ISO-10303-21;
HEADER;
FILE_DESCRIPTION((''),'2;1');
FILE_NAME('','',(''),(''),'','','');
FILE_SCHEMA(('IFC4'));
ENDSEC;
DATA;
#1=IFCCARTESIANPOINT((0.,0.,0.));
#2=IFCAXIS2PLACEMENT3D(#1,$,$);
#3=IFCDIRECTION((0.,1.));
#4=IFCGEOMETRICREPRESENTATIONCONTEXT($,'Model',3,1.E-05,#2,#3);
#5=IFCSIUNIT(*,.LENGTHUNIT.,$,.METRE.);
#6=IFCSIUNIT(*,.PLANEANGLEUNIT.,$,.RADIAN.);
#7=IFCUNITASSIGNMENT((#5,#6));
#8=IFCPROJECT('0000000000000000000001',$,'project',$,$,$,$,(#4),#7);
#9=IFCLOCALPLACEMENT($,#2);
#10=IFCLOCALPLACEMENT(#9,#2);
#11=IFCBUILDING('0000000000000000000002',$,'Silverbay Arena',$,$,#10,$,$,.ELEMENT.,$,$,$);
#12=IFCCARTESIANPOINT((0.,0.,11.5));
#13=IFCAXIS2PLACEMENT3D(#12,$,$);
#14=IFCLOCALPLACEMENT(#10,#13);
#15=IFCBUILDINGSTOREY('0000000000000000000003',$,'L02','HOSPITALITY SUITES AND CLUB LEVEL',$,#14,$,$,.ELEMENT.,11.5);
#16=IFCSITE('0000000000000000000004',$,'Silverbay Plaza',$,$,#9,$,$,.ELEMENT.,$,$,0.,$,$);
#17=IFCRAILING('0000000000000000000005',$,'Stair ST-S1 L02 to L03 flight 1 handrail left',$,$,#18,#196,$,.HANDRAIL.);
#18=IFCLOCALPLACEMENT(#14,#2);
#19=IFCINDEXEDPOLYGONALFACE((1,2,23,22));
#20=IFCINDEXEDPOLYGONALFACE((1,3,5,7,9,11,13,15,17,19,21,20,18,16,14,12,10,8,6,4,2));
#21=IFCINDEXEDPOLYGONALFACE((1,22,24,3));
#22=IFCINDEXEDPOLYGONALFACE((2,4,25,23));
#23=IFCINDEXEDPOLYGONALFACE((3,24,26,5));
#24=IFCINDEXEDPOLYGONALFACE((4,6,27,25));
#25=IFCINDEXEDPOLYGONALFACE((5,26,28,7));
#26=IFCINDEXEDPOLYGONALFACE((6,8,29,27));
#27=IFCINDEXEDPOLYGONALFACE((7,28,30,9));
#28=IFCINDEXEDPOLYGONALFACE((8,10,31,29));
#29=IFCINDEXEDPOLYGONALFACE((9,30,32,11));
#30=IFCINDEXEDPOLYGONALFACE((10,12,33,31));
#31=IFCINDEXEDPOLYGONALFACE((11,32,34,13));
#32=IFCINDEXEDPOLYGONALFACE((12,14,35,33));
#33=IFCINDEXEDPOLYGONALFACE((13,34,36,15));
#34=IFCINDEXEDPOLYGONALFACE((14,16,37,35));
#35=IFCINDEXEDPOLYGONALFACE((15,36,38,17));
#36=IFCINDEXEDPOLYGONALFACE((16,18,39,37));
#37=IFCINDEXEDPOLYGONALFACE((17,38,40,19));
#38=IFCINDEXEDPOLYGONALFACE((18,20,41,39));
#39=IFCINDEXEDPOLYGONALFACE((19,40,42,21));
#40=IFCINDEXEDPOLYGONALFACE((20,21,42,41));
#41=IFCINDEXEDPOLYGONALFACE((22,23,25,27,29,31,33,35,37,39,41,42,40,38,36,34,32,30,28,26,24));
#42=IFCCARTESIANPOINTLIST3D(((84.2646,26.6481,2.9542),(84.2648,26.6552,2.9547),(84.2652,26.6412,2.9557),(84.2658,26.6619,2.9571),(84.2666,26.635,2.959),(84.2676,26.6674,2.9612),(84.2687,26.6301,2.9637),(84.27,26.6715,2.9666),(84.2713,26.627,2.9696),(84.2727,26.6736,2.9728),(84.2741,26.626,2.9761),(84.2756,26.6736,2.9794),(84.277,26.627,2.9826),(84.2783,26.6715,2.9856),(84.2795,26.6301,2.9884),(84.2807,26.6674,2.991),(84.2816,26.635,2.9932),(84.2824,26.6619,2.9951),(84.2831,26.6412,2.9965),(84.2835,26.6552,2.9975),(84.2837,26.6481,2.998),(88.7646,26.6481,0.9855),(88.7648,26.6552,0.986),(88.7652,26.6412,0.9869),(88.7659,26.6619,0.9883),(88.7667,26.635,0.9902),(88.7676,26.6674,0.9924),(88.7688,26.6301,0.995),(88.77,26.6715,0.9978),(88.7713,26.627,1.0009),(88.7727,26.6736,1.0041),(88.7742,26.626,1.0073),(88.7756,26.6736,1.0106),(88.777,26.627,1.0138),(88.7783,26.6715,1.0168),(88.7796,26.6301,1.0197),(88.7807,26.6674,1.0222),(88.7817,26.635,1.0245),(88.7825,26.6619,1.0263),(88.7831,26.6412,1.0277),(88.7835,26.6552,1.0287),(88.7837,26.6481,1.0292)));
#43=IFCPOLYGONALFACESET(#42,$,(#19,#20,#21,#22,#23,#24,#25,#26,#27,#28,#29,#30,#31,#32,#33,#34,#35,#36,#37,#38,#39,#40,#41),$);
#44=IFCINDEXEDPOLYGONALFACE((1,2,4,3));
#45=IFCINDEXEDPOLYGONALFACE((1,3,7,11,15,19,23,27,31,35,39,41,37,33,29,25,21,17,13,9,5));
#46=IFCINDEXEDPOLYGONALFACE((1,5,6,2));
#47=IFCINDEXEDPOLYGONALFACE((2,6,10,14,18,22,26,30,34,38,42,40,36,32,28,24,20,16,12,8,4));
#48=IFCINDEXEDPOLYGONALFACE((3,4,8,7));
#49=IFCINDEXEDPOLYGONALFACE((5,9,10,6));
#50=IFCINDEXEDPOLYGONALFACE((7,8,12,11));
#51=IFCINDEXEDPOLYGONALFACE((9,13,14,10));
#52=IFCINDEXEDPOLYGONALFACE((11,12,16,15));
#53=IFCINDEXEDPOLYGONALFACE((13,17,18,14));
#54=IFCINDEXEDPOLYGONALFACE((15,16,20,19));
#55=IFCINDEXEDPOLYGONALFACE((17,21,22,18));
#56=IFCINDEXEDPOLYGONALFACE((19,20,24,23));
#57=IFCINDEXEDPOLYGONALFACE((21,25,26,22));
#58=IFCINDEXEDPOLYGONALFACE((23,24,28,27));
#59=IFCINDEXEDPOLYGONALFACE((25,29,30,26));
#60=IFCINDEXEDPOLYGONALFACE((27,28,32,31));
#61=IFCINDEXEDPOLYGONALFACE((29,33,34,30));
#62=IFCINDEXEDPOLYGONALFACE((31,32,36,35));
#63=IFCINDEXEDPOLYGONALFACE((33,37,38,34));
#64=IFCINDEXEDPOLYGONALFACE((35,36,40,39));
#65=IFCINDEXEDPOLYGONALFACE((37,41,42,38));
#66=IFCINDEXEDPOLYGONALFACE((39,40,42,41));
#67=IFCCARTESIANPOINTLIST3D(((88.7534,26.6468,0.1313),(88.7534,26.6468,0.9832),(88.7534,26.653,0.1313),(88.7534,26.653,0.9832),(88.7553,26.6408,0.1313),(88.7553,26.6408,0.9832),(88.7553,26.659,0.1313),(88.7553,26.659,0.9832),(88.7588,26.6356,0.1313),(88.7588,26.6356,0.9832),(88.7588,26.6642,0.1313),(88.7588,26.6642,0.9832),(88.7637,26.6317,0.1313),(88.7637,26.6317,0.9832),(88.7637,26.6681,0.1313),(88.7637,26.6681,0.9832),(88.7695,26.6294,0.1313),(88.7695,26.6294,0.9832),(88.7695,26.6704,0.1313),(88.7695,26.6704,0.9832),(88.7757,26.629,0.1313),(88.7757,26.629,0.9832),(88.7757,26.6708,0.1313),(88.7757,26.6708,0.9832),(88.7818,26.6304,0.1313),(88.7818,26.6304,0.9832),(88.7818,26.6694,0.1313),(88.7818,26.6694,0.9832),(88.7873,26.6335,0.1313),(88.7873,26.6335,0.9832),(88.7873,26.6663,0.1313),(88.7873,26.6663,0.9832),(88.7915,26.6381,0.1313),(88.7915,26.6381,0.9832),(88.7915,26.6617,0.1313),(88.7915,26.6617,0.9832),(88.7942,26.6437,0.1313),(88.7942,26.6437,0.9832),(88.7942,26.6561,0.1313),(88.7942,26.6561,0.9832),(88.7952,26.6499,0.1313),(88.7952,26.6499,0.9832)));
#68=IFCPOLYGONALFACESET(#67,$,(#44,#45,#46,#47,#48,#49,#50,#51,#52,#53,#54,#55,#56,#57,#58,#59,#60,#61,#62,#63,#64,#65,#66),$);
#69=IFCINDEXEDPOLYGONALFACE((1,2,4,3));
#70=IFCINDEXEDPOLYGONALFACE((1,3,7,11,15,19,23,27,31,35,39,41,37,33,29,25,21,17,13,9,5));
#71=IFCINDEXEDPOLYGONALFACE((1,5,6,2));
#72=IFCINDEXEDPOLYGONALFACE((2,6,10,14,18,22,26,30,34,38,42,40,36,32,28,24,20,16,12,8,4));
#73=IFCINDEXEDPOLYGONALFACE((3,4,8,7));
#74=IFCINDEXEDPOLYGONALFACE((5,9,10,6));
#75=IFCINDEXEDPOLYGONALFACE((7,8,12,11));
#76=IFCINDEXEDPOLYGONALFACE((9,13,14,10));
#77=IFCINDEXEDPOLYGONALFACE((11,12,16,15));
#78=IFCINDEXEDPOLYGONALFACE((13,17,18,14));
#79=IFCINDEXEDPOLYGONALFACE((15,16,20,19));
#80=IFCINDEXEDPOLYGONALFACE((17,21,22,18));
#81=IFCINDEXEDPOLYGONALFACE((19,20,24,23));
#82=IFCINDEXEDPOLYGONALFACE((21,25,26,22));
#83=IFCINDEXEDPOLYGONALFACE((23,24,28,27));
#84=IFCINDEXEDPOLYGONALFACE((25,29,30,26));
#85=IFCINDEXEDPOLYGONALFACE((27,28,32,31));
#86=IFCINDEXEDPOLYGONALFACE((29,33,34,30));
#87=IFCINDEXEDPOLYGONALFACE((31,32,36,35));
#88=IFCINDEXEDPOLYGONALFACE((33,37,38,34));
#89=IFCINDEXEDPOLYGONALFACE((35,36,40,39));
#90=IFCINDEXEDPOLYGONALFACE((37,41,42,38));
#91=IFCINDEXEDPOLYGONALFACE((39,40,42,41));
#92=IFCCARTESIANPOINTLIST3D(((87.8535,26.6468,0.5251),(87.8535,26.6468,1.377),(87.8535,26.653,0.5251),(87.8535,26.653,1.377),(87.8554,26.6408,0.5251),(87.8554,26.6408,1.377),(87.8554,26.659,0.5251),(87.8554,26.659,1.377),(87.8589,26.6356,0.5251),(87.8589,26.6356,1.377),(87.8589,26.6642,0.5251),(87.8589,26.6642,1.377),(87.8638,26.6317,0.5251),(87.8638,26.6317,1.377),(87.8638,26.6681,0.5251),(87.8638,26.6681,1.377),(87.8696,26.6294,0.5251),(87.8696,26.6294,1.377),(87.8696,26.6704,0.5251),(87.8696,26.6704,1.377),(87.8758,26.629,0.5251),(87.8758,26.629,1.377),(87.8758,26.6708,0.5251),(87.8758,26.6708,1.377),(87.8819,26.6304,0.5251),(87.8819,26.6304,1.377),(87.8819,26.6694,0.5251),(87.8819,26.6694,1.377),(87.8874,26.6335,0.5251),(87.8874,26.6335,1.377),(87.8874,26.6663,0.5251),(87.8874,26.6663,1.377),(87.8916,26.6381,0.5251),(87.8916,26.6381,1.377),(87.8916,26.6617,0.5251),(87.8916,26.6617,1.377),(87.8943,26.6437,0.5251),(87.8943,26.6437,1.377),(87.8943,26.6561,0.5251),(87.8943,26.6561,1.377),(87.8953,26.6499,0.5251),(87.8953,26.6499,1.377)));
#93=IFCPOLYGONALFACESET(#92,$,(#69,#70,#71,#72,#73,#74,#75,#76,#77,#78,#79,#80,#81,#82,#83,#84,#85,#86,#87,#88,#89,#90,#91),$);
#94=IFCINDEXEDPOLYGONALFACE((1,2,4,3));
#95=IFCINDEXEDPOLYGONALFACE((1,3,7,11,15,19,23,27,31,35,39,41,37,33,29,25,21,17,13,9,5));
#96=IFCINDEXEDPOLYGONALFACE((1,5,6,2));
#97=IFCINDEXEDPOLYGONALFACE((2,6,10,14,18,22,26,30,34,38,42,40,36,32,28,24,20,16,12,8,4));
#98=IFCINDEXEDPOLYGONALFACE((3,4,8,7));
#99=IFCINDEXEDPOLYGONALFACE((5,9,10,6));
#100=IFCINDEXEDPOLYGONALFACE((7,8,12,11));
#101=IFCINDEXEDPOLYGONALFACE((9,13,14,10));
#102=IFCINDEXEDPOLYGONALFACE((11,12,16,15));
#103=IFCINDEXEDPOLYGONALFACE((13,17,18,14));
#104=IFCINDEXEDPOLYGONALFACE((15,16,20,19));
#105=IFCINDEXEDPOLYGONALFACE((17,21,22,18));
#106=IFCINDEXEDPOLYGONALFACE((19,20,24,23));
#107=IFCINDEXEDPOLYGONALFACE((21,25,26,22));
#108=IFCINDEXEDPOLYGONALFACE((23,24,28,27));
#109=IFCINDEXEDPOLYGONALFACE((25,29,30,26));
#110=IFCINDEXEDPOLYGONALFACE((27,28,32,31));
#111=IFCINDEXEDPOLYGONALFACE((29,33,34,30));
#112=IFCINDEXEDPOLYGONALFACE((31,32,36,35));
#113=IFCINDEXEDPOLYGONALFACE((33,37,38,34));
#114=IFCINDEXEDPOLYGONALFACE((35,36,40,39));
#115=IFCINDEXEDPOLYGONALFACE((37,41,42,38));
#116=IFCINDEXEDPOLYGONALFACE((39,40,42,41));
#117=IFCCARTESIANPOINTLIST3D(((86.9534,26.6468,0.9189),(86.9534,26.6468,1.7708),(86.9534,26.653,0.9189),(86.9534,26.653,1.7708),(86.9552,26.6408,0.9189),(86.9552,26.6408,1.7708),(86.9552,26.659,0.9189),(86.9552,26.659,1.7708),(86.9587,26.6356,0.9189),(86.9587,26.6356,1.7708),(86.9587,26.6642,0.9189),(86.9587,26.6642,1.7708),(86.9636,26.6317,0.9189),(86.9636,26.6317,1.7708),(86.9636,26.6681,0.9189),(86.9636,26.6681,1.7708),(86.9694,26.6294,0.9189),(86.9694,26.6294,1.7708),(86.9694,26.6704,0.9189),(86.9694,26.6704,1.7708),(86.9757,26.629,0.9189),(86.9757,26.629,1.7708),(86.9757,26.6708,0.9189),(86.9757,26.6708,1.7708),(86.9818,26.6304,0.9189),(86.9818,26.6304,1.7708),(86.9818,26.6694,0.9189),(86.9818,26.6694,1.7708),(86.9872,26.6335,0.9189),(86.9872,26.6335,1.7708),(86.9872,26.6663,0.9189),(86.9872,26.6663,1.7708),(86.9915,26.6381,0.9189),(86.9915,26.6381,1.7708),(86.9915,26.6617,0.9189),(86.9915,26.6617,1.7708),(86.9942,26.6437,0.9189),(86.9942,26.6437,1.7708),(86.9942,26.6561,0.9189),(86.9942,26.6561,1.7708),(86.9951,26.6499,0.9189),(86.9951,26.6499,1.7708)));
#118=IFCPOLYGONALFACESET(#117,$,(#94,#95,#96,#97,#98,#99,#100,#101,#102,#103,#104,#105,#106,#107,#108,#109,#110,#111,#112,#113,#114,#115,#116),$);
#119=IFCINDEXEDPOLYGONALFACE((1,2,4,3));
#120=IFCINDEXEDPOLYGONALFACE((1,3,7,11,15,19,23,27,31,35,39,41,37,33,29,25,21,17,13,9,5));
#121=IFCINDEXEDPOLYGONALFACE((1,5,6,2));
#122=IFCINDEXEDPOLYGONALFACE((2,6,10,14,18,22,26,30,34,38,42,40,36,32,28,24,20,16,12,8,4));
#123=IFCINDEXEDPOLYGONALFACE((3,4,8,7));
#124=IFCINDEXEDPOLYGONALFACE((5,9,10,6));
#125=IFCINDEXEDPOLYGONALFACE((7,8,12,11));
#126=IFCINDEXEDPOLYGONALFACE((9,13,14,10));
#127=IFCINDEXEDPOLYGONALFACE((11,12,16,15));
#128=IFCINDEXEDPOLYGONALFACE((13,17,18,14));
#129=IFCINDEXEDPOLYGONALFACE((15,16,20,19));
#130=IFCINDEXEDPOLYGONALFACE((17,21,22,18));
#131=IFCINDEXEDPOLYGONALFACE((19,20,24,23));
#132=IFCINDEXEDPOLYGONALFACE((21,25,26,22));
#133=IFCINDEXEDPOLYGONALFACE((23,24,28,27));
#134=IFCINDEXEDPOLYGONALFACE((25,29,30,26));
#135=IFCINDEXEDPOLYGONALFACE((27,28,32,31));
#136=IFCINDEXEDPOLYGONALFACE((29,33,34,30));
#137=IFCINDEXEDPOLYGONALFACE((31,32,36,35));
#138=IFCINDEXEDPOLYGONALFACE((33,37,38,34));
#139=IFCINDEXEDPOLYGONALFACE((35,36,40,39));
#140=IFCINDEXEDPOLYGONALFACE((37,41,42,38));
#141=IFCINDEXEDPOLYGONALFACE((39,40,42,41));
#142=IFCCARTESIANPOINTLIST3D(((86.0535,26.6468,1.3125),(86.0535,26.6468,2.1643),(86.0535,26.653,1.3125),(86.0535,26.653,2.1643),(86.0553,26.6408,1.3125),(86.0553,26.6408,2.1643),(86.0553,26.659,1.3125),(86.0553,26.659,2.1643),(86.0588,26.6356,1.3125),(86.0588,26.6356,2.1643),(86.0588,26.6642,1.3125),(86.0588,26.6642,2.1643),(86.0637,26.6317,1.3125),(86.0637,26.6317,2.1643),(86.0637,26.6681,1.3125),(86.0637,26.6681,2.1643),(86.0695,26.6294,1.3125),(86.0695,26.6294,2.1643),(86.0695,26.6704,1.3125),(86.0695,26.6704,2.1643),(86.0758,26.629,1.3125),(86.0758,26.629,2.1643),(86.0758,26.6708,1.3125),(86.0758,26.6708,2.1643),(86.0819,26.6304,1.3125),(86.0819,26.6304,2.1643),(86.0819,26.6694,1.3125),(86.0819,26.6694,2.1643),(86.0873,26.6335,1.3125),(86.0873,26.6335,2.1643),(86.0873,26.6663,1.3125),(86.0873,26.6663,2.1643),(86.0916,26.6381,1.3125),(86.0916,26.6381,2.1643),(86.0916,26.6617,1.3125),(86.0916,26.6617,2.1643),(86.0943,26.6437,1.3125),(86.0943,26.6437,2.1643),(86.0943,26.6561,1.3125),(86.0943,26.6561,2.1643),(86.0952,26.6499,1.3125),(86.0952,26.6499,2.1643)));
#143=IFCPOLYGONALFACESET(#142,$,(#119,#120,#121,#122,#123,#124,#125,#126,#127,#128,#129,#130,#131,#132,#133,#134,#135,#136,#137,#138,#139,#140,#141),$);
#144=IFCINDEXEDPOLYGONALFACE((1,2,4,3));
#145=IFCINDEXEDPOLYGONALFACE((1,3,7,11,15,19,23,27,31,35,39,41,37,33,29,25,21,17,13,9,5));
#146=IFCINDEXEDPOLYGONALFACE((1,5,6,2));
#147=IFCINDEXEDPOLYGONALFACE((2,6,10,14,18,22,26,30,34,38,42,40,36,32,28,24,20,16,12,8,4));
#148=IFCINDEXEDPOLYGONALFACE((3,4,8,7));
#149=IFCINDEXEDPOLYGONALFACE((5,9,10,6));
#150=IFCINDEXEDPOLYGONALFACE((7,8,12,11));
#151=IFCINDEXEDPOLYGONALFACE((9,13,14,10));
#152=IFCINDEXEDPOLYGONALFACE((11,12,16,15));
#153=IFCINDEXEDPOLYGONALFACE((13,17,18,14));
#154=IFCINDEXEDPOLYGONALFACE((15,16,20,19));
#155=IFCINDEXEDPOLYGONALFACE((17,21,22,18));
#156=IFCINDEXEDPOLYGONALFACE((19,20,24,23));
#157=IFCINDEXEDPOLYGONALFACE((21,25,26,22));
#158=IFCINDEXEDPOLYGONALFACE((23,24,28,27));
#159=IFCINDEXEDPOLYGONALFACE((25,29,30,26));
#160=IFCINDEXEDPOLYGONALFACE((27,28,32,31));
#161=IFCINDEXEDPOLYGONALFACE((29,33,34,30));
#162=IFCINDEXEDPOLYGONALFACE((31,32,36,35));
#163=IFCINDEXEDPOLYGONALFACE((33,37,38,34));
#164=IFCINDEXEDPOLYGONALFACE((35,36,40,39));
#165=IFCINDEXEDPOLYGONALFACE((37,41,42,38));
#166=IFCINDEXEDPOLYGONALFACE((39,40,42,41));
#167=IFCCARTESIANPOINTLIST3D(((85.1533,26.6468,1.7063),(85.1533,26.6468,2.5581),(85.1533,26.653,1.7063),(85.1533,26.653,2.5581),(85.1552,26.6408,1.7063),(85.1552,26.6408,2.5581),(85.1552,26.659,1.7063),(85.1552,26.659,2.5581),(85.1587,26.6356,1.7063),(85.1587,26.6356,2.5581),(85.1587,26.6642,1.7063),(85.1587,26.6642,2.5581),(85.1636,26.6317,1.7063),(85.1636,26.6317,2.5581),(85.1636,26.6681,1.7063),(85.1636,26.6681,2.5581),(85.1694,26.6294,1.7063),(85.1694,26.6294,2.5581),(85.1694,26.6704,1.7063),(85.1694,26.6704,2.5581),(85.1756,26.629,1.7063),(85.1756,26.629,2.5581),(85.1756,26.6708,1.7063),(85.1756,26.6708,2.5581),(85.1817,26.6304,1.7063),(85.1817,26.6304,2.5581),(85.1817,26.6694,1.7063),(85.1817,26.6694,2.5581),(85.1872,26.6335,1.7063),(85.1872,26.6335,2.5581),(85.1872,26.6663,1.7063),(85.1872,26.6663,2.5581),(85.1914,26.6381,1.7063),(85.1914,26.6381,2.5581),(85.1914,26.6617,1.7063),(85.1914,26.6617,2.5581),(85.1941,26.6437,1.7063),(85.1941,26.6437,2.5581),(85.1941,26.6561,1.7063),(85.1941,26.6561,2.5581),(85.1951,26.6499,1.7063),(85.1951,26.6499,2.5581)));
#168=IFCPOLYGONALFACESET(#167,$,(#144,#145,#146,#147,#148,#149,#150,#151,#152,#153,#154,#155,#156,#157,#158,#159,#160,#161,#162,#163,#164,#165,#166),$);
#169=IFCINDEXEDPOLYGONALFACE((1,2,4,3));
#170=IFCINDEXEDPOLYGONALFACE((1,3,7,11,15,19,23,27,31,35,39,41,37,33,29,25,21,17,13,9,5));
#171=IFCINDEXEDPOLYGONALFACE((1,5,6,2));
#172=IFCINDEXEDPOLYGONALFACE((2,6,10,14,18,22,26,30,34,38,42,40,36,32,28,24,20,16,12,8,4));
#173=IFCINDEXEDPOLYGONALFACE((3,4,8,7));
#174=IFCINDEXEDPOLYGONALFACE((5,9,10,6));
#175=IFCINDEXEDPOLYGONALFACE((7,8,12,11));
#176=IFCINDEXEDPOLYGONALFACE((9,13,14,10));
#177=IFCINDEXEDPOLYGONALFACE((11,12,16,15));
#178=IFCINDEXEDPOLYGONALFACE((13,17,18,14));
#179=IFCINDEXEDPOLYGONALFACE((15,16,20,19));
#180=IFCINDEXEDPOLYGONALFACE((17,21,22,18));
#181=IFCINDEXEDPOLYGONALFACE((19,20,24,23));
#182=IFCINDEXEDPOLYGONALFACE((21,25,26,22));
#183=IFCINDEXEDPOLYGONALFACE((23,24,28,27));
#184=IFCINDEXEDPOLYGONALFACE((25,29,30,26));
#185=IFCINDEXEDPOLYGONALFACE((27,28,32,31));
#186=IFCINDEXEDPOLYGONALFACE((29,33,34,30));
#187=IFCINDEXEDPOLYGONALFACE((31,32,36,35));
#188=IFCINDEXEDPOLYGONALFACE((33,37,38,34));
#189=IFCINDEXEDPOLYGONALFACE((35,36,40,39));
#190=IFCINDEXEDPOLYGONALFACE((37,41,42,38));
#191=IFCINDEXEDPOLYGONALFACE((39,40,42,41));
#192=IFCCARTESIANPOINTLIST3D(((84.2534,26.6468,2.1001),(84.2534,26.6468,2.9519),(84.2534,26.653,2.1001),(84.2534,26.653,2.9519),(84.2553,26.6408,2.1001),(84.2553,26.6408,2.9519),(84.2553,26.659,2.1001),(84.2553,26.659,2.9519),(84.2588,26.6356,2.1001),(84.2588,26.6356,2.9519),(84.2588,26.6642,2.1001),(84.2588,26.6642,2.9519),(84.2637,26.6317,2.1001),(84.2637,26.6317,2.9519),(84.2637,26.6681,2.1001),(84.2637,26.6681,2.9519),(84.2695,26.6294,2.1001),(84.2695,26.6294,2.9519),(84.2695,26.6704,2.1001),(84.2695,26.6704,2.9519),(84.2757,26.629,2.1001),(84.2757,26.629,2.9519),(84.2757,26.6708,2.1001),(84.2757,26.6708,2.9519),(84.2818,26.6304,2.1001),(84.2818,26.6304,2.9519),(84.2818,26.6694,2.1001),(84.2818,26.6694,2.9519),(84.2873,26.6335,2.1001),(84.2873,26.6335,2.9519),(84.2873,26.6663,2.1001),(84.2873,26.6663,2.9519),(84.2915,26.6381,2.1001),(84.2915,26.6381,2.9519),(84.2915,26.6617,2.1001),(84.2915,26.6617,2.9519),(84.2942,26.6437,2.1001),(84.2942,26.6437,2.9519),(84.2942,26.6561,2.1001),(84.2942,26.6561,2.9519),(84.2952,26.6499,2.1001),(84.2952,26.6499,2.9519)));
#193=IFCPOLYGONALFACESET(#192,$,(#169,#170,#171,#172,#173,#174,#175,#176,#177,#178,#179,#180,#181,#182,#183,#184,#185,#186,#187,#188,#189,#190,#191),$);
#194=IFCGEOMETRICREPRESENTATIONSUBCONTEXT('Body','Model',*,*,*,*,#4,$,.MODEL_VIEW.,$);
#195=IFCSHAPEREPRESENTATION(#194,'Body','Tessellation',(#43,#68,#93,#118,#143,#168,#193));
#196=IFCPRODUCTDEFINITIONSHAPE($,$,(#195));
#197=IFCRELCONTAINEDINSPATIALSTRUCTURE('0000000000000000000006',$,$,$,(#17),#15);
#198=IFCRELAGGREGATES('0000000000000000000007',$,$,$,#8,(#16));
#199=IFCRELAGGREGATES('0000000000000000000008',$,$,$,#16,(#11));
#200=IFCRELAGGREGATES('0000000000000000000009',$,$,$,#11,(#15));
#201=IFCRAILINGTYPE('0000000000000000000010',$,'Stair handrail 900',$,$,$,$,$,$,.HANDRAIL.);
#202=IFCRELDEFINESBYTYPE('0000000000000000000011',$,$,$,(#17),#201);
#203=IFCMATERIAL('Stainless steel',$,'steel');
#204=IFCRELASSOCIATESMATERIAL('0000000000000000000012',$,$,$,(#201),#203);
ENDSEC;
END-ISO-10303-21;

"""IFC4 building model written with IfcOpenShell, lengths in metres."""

from ifc_helpers import new_model, si_unit, direction, frame, origin, origin_2d, place, context, subcontext, project, spatial, circle, extrude, material, type_object, element, save


model = new_model("IFC4")

# Units and contexts
model_context = context("Model", 3, precision=1e-05, world=origin(), true_north=direction((0.0, 1.0)))
body_context = subcontext(model_context, "Body", "Model", "MODEL_VIEW")
ifc_project = project(units=[si_unit("LENGTHUNIT", "METRE"), si_unit("PLANEANGLEUNIT", "RADIAN")], contexts=[model_context])

# Site, building, storey
site_placement = place(None, origin())
site = spatial("IfcSite", under=ifc_project, at=site_placement, Name="Silverbay Plaza", CompositionType="ELEMENT", RefElevation=0.0)
building_placement = place(site_placement, origin())
building = spatial("IfcBuilding", under=site, at=building_placement, Name="Silverbay Arena", CompositionType="ELEMENT")
storey_placement = place(building_placement, frame((0.0, 0.0, 11.5)))
storey = spatial("IfcBuildingStorey", under=building, at=storey_placement, Name="L02", Description="HOSPITALITY SUITES AND CLUB LEVEL", CompositionType="ELEMENT", Elevation=11.5)

# Railing
ifc_material_1 = material(Name="Stainless steel", Category="steel")
railing_type_1 = type_object("IfcRailingType", Name="Stair handrail 900", PredefinedType="HANDRAIL", material=ifc_material_1)
for number, where, name in (
    (1, (88.7742, 26.6499, 0.1313), "Stair ST-S1 L02 to L03 flight 1 handrail left"),
):
    element("IfcRailing", number, at=place(storey_placement, frame(where)), inside=storey, type_object=railing_type_1, Name=name, PredefinedType="HANDRAIL", context=body_context, shape_type="SweptSolid", body=[
        extrude(circle(Radius=0.0239, at=origin_2d()), frame((0.0, 0.0, 0.876), z_axis=(-0.916157, 0.0, 0.400819), x_axis=(0.0, -1.0, 0.0)), (0.0, 0.0, 1.0), 4.9119),
        extrude(circle(Radius=0.021, at=origin_2d()), origin(), (0.0, 0.0, 1.0), 0.8518),
        extrude(circle(Radius=0.021, at=origin_2d()), frame((-0.8999, 0.0, 0.3938)), (0.0, 0.0, 1.0), 0.8518),
        extrude(circle(Radius=0.021, at=origin_2d()), frame((-1.8, 0.0, 0.7876)), (0.0, 0.0, 1.0), 0.8518),
        extrude(circle(Radius=0.021, at=origin_2d()), frame((-2.7, 0.0, 1.1812)), (0.0, 0.0, 1.0), 0.8518),
        extrude(circle(Radius=0.021, at=origin_2d()), frame((-3.6001, 0.0, 1.575)), (0.0, 0.0, 1.0), 0.8518),
        extrude(circle(Radius=0.021, at=origin_2d()), frame((-4.5, 0.0, 1.9688)), (0.0, 0.0, 1.0), 0.8518),
    ])

save(model, "model.ifc")
